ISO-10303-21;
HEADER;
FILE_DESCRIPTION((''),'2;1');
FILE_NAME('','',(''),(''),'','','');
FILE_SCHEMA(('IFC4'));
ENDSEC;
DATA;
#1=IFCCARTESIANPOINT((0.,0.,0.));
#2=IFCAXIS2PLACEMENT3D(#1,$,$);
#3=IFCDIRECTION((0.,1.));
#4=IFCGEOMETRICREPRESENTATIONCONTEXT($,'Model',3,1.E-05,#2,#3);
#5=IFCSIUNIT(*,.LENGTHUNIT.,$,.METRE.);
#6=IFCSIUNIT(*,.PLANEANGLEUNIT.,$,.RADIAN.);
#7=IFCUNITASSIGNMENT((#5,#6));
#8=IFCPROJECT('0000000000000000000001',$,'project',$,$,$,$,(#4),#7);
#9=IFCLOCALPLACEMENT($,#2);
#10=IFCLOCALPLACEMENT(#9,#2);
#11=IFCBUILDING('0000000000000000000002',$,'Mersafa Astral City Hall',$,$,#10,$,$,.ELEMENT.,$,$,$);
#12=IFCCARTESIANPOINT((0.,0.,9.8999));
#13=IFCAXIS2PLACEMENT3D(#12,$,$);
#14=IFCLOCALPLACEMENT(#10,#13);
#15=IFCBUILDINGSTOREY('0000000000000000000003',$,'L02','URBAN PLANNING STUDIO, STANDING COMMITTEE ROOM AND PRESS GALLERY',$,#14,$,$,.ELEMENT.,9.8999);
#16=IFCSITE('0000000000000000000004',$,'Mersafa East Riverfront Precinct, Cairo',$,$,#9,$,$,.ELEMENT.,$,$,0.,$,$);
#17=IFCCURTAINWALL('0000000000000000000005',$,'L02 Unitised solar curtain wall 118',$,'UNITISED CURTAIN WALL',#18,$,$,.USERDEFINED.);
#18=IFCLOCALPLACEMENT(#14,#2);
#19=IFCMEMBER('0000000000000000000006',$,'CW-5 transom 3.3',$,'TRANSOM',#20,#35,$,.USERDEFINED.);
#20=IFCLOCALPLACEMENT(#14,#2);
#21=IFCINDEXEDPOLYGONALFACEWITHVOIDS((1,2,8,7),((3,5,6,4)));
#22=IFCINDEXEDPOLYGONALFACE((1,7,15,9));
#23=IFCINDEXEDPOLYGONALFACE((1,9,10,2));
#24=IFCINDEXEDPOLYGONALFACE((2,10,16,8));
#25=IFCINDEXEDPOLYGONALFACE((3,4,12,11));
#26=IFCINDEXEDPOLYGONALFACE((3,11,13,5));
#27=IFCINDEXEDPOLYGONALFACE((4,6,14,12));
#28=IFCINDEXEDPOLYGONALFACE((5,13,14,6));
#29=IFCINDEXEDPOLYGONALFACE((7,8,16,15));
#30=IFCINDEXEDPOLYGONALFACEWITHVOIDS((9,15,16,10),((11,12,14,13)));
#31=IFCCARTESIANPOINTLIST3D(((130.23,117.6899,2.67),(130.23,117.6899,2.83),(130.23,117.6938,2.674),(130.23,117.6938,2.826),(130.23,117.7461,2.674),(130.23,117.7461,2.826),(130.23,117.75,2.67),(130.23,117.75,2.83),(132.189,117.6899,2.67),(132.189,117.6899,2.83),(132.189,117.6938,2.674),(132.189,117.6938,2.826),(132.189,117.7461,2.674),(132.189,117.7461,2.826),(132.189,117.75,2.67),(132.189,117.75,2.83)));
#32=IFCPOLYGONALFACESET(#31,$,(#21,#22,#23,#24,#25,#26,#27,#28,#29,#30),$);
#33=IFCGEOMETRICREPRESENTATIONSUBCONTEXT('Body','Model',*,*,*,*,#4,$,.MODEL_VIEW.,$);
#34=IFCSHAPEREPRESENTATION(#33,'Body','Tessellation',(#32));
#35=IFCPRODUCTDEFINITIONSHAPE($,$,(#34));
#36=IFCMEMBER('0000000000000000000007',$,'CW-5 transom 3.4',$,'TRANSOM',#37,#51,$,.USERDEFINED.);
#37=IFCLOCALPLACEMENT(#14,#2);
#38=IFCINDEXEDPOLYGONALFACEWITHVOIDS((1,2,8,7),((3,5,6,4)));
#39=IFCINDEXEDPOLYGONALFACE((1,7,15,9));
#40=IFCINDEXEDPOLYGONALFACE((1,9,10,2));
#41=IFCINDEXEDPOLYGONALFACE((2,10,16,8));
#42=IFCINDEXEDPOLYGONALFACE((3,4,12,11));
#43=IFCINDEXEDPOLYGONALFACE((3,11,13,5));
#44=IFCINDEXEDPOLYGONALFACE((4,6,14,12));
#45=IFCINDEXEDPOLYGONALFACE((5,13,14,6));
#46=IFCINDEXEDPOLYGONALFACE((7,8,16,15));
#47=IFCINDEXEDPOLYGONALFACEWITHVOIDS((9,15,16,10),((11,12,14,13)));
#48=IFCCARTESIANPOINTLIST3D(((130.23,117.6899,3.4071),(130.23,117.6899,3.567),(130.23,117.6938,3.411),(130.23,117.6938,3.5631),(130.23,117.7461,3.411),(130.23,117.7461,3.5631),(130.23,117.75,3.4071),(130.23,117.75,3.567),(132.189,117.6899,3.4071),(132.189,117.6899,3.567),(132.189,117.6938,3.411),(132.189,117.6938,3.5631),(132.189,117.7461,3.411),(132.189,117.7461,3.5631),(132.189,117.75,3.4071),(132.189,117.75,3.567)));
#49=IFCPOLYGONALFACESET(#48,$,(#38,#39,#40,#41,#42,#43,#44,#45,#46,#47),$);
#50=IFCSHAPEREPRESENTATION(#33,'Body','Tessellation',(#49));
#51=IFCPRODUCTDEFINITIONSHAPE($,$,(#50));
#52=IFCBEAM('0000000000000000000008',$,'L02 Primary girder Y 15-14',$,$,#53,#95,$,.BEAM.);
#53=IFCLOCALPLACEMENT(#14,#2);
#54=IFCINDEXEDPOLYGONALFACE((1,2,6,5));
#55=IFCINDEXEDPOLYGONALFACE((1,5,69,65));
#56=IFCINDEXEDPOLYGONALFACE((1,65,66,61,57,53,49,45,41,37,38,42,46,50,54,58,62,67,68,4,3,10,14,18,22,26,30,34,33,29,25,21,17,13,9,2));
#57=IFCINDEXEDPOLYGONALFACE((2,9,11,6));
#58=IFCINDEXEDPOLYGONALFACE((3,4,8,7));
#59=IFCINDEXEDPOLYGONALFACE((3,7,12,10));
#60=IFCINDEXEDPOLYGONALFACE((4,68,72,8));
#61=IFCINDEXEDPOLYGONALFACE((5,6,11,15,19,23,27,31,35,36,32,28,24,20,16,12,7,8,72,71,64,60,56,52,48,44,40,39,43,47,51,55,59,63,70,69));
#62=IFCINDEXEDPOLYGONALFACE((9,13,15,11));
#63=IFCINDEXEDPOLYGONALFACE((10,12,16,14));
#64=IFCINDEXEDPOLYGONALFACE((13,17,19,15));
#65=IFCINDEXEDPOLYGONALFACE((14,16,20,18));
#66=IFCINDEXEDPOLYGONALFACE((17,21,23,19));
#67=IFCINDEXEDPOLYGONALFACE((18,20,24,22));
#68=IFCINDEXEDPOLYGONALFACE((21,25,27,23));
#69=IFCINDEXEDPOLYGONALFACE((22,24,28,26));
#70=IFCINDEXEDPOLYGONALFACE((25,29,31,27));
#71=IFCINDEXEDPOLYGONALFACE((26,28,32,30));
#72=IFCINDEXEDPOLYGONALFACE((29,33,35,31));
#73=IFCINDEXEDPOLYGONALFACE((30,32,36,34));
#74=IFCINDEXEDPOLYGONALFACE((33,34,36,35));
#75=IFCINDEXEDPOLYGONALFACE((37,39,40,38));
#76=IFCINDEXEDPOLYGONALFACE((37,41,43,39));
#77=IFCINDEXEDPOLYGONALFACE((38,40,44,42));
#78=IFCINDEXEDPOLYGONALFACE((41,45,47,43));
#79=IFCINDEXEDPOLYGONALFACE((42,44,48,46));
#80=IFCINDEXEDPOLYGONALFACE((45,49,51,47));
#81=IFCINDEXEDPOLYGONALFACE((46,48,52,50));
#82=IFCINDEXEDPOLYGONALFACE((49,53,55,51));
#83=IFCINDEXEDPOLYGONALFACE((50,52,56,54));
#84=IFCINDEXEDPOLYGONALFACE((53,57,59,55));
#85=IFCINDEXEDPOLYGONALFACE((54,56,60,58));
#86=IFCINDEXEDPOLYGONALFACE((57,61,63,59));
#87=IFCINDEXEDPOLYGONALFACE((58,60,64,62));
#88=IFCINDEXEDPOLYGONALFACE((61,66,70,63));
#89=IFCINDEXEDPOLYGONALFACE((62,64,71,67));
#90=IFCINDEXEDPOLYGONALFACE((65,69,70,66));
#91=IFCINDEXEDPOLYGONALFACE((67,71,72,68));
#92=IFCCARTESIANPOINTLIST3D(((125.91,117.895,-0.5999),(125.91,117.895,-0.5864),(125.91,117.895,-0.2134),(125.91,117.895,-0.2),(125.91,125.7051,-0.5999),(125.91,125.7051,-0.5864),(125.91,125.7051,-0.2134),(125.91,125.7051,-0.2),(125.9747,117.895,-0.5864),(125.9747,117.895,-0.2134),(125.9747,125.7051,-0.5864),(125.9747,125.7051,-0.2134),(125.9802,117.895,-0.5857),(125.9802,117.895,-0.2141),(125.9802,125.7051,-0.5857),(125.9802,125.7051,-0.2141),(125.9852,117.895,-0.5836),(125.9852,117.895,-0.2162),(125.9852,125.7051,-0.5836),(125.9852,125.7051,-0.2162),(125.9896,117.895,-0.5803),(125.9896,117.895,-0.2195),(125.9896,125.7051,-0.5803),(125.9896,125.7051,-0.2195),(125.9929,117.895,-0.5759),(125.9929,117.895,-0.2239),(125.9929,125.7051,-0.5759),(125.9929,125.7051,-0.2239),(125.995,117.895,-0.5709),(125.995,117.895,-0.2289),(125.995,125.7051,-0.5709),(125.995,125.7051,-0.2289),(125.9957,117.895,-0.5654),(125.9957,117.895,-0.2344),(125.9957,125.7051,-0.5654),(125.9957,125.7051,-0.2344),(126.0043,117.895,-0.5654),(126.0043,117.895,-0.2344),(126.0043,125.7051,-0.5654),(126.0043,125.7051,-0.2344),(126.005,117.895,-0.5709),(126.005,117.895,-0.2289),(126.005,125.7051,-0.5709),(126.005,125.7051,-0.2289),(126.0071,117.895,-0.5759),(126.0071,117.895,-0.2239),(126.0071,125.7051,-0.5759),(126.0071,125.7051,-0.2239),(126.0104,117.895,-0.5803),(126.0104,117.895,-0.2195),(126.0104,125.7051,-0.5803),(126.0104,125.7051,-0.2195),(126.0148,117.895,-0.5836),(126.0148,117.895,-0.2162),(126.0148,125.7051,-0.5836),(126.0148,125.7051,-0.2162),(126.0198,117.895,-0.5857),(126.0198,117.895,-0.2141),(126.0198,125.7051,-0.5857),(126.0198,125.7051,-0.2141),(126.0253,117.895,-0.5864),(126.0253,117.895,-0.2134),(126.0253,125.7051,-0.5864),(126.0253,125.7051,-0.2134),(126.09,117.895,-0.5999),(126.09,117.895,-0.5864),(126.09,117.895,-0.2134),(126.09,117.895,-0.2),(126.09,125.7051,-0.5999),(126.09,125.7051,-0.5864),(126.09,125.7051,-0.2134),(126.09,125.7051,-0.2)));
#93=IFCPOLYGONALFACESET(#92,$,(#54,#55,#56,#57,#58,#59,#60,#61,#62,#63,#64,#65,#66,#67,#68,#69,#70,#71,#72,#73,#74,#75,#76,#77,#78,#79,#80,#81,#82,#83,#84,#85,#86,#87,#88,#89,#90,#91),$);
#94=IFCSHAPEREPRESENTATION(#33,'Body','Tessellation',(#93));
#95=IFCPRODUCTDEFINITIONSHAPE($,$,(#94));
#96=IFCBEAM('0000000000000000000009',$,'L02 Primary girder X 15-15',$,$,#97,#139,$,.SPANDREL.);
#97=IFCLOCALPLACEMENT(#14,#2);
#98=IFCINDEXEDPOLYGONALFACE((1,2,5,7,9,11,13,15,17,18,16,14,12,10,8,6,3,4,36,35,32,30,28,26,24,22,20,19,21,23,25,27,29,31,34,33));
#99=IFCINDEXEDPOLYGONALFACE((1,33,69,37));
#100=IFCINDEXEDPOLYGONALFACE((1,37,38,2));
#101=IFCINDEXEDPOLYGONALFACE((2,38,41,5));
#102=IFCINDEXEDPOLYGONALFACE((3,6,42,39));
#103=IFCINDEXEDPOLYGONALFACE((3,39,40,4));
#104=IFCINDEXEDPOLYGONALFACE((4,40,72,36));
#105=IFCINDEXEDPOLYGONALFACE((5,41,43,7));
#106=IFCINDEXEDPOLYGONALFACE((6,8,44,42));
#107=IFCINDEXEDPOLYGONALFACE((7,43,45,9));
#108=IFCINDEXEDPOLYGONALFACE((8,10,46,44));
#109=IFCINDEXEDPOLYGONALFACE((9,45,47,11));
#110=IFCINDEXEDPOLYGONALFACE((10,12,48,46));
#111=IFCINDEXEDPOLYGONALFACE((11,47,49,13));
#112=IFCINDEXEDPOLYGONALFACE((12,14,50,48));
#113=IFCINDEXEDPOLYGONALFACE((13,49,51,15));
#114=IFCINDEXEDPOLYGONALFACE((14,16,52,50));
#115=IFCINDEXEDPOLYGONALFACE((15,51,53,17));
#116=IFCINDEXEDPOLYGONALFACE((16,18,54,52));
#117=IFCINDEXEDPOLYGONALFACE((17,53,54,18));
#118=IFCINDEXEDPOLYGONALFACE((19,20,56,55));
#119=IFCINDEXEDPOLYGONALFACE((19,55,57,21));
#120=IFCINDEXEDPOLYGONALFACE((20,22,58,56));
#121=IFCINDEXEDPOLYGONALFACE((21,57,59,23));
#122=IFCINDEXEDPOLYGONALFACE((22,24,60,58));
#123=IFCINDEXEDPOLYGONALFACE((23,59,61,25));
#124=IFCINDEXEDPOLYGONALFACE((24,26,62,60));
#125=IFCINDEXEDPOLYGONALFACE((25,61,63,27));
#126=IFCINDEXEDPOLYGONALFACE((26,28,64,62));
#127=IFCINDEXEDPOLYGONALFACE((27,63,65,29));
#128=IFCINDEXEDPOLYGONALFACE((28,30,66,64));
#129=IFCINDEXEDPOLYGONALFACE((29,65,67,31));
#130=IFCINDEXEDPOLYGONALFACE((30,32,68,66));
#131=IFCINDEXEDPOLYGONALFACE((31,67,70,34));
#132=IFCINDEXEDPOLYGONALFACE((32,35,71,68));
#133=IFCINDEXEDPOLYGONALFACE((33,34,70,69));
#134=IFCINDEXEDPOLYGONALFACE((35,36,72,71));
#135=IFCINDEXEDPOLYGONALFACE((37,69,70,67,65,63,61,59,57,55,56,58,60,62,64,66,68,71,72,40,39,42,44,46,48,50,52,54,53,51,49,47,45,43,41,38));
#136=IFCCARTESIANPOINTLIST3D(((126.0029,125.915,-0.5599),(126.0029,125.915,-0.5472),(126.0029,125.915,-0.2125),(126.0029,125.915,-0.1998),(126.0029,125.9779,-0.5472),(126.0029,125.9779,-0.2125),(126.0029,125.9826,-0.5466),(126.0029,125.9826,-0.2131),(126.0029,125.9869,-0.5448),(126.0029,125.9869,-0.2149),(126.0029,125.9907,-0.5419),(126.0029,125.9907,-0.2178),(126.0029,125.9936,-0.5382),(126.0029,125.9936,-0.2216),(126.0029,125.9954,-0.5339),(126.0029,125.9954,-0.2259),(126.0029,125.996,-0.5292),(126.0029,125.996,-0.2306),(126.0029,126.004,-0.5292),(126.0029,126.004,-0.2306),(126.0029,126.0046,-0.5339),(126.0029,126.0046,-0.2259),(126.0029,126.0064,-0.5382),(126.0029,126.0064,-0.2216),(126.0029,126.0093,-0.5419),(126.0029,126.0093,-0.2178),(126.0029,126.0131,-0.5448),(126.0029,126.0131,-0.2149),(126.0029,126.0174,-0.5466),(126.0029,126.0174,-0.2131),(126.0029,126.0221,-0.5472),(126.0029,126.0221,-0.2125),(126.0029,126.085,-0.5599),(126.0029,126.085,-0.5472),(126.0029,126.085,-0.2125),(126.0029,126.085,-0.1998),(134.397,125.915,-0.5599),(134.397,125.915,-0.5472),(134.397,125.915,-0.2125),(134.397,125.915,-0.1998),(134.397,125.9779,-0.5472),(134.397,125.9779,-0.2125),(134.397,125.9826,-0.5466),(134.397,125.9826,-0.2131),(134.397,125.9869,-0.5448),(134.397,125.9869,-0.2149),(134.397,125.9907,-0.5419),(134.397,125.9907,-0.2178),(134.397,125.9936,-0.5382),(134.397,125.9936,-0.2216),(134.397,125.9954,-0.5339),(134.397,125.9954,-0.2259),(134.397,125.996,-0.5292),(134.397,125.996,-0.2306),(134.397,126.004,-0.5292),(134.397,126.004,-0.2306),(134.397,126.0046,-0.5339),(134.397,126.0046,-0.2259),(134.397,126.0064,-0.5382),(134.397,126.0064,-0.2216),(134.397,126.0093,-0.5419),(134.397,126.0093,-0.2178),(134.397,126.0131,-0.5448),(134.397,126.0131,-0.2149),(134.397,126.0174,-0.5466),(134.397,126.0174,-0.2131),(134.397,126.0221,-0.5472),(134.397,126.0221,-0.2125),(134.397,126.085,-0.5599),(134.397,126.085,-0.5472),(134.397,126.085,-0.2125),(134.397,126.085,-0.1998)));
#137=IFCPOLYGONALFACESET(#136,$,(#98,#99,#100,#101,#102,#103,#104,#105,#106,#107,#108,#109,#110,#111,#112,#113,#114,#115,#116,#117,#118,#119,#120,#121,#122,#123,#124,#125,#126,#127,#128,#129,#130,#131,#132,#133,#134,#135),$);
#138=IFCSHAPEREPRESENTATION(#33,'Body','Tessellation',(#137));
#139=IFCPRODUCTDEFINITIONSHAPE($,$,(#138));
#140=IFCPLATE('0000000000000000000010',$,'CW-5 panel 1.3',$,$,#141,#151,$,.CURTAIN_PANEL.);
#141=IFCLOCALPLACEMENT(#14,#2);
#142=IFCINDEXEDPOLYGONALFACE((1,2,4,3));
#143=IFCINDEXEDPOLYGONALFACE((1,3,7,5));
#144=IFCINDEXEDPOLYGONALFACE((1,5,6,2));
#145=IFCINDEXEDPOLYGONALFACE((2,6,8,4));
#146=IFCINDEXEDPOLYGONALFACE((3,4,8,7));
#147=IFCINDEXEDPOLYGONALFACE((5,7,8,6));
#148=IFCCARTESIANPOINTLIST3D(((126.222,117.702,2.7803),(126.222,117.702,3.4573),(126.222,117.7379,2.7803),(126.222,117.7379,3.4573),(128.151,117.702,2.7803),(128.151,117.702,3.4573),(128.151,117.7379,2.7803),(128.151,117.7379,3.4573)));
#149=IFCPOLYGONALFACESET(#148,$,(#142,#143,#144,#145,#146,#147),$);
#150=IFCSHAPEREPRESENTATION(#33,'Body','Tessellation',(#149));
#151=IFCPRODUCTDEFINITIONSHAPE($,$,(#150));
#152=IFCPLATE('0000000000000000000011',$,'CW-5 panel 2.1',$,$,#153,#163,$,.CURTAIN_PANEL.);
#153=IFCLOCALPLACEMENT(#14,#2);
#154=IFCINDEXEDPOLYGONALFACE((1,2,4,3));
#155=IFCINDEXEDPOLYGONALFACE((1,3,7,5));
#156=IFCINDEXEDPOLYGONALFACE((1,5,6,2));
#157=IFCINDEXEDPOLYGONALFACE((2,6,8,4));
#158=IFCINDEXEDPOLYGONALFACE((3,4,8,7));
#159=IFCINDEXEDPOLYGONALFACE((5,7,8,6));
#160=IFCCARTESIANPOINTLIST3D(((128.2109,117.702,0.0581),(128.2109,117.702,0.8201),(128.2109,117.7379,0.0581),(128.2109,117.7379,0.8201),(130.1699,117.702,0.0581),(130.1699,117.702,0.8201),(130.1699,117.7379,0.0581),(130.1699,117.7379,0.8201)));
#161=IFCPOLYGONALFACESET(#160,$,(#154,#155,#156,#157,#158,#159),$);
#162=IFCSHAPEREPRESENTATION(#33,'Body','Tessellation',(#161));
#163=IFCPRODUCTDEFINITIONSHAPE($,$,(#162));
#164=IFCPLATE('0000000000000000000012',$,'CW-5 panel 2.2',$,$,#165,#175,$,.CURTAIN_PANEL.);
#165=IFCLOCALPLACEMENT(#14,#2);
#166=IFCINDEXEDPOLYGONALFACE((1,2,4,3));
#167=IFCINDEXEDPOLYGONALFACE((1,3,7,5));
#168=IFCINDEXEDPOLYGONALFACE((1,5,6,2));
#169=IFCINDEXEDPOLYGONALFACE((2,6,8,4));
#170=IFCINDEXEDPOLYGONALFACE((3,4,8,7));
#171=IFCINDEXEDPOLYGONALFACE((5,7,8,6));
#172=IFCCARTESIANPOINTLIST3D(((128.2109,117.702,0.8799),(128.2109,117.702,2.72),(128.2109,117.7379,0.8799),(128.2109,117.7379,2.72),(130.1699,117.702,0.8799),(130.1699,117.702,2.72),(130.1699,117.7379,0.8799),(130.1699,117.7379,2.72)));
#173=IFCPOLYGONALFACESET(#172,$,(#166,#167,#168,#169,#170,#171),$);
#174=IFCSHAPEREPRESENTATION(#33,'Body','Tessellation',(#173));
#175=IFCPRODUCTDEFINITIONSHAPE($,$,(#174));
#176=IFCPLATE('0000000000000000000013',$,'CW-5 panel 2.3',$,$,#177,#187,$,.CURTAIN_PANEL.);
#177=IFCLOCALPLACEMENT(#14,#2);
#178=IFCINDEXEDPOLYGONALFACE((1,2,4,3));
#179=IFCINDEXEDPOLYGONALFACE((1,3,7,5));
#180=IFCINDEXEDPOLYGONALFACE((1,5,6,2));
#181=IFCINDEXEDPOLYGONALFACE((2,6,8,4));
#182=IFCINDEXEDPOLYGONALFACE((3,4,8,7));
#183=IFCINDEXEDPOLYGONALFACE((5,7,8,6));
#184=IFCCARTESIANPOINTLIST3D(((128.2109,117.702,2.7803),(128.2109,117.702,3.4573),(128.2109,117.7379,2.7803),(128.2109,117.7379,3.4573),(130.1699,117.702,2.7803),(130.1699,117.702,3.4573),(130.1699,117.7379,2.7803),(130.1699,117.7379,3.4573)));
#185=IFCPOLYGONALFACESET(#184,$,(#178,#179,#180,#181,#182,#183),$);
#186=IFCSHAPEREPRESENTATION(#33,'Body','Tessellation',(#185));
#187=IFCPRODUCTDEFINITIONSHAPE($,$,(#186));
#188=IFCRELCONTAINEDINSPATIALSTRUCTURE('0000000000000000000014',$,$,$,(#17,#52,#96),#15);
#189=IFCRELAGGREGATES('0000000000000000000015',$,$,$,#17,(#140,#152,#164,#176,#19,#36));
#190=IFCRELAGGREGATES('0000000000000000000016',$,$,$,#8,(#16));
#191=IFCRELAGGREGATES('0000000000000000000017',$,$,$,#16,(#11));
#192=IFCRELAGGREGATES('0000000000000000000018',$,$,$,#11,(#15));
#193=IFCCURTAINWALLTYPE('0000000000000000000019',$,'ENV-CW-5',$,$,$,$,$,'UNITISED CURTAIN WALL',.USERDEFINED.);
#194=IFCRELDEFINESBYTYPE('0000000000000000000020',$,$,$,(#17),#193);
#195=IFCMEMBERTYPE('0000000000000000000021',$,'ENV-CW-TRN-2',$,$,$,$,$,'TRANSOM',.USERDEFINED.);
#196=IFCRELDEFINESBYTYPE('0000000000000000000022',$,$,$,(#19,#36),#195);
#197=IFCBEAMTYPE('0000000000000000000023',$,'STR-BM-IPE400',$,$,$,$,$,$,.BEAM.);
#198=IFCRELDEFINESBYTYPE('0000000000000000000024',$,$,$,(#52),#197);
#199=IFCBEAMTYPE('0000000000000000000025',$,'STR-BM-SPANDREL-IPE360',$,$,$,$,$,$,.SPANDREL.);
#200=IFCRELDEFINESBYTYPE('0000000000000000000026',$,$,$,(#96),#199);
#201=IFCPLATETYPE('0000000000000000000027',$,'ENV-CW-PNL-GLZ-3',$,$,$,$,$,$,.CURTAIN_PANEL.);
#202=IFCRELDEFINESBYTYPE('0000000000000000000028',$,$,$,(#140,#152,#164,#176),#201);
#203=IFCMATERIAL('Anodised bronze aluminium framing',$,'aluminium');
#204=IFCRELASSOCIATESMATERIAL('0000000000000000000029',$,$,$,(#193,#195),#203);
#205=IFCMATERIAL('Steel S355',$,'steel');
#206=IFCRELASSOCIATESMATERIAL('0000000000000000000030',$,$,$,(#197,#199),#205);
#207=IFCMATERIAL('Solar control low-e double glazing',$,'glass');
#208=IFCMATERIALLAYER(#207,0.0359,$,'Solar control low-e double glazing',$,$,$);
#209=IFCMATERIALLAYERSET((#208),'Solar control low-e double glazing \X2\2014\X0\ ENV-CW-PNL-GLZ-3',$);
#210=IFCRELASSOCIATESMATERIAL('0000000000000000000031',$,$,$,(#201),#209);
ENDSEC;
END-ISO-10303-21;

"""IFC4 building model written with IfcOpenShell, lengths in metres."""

from ifc_helpers import new_model, si_unit, direction, frame, origin, origin_2d, place, context, subcontext, project, spatial, rectangle, hollow_rectangle, i_section, extrude, material, layer, layer_set, material_profile, profile_set, type_object, element, aggregate, save


model = new_model("IFC4")

# Units and contexts
model_context = context("Model", 3, precision=1e-05, world=origin(), true_north=direction((0.0, 1.0)))
body_context = subcontext(model_context, "Body", "Model", "MODEL_VIEW")
ifc_project = project(units=[si_unit("LENGTHUNIT", "METRE"), si_unit("PLANEANGLEUNIT", "RADIAN")], contexts=[model_context])

# Site, building, storey
site_placement = place(None, origin())
site = spatial("IfcSite", under=ifc_project, at=site_placement, Name="Mersafa East Riverfront Precinct, Cairo", CompositionType="ELEMENT", RefElevation=0.0)
building_placement = place(site_placement, origin())
building = spatial("IfcBuilding", under=site, at=building_placement, Name="Mersafa Astral City Hall", CompositionType="ELEMENT")
storey_placement = place(building_placement, frame((0.0, 0.0, 9.8999)))
storey = spatial("IfcBuildingStorey", under=building, at=storey_placement, Name="L02", Description="URBAN PLANNING STUDIO, STANDING COMMITTEE ROOM AND PRESS GALLERY", CompositionType="ELEMENT", Elevation=9.8999)

# Shared definitions
ifc_material_1 = material(Name="Steel S355", Category="steel")

# Curtain wall, members
ifc_material_2 = material(Name="Anodised bronze aluminium framing", Category="aluminium")
curtain_wall_type = type_object("IfcCurtainWallType", Name="ENV-CW-5", ElementType="UNITISED CURTAIN WALL", PredefinedType="USERDEFINED", material=ifc_material_2)
curtain_wall_placement = place(storey_placement, origin())
curtain_wall = element("IfcCurtainWall", 1, at=curtain_wall_placement, inside=storey, type_object=curtain_wall_type, Name="L02 Unitised solar curtain wall 118", ObjectType="UNITISED CURTAIN WALL", PredefinedType="USERDEFINED")
ifc_material_profile_1 = material_profile(ifc_material_2, hollow_rectangle(XDim=0.0601, YDim=0.1599, WallThickness=0.0039, at=origin_2d()), Name="RHS 60x160x4")
ifc_profile_set_1 = profile_set([ifc_material_profile_1], Name="Anodised bronze aluminium framing")
member_type_1 = type_object("IfcMemberType", Name="ENV-CW-TRN-2", ElementType="TRANSOM", PredefinedType="USERDEFINED", material=ifc_profile_set_1)
member_1_placement = place(storey_placement, frame((130.23, 117.72, 2.75), z_axis=(1.0, 0.0, 0.0), x_axis=(0.0, 1.0, 0.0)))
member_1 = element("IfcMember", 2, at=member_1_placement, type_object=member_type_1, Name="CW-5 transom 3.3", ObjectType="TRANSOM", PredefinedType="USERDEFINED", context=body_context, shape_type="SweptSolid", body=[
    extrude(hollow_rectangle(XDim=0.0601, YDim=0.1599, WallThickness=0.0039, at=origin_2d()), origin(), (0.0, 0.0, 1.0), 1.959),
])
member_2_placement = place(storey_placement, frame((130.23, 117.72, 3.4871), z_axis=(1.0, 0.0, 0.0), x_axis=(0.0, 1.0, 0.0)))
member_2 = element("IfcMember", 3, at=member_2_placement, type_object=member_type_1, Name="CW-5 transom 3.4", ObjectType="TRANSOM", PredefinedType="USERDEFINED", context=body_context, shape_type="SweptSolid", body=[
    extrude(hollow_rectangle(XDim=0.0601, YDim=0.1599, WallThickness=0.0039, at=origin_2d()), origin(), (0.0, 0.0, 1.0), 1.959),
])

# Beams
ifc_material_profile_2 = material_profile(ifc_material_1, i_section(OverallWidth=0.1799, OverallDepth=0.3999, WebThickness=0.0085, FlangeThickness=0.0134, FilletRadius=0.021, at=origin_2d()), Name="IPE 400")
ifc_profile_set_2 = profile_set([ifc_material_profile_2], Name="Steel S355")
beam_type_1 = type_object("IfcBeamType", Name="STR-BM-IPE400", PredefinedType="BEAM", material=ifc_profile_set_2)
beam_1_placement = place(storey_placement, frame((126.0, 117.895, -0.3999), z_axis=(0.0, 1.0, 0.0), x_axis=(-1.0, 0.0, 0.0)))
element("IfcBeam", 4, at=beam_1_placement, inside=storey, type_object=beam_type_1, Name="L02 Primary girder Y 15-14", PredefinedType="BEAM", context=body_context, shape_type="SweptSolid", body=[
    extrude(i_section(OverallWidth=0.1799, OverallDepth=0.3999, WebThickness=0.0085, FlangeThickness=0.0134, FilletRadius=0.021, at=origin_2d()), origin(), (0.0, 0.0, 1.0), 7.8101),
])
ifc_material_profile_3 = material_profile(ifc_material_1, i_section(OverallWidth=0.1699, OverallDepth=0.3601, WebThickness=0.0081, FlangeThickness=0.0127, FilletRadius=0.0181, at=origin_2d()), Name="IPE 360")
ifc_profile_set_3 = profile_set([ifc_material_profile_3], Name="Steel S355")
beam_type_2 = type_object("IfcBeamType", Name="STR-BM-SPANDREL-IPE360", PredefinedType="SPANDREL", material=ifc_profile_set_3)
beam_2_placement = place(storey_placement, frame((126.0029, 126.0, -0.3799), z_axis=(1.0, 0.0, 0.0), x_axis=(0.0, 1.0, 0.0)))
element("IfcBeam", 5, at=beam_2_placement, inside=storey, type_object=beam_type_2, Name="L02 Primary girder X 15-15", PredefinedType="SPANDREL", context=body_context, shape_type="SweptSolid", body=[
    extrude(i_section(OverallWidth=0.1699, OverallDepth=0.3601, WebThickness=0.0081, FlangeThickness=0.0127, FilletRadius=0.0181, at=origin_2d()), origin(), (0.0, 0.0, 1.0), 8.394),
])

# Plates
ifc_material_3 = material(Name="Solar control low-e double glazing", Category="glass")
ifc_layer_1 = layer(ifc_material_3, 0.0359, Name="Solar control low-e double glazing")
ifc_layer_set_1 = layer_set([ifc_layer_1], Name="Solar control low-e double glazing — ENV-CW-PNL-GLZ-3")
plate_type = type_object("IfcPlateType", Name="ENV-CW-PNL-GLZ-3", PredefinedType="CURTAIN_PANEL", material=ifc_layer_set_1)
plate_1_placement = place(storey_placement, frame((127.1865, 117.72, 2.7803), z_axis=(0.0, 0.0, 1.0), x_axis=(1.0, 0.0, 0.0)))
plate_1 = element("IfcPlate", 6, at=plate_1_placement, type_object=plate_type, Name="CW-5 panel 1.3", PredefinedType="CURTAIN_PANEL", context=body_context, shape_type="SweptSolid", body=[
    extrude(rectangle(XDim=1.929, YDim=0.0359, at=origin_2d()), origin(), (0.0, 0.0, 1.0), 0.677),
])
plate_2_placement = place(storey_placement, frame((129.1904, 117.72, 0.0581), z_axis=(0.0, 0.0, 1.0), x_axis=(1.0, 0.0, 0.0)))
plate_2 = element("IfcPlate", 7, at=plate_2_placement, type_object=plate_type, Name="CW-5 panel 2.1", PredefinedType="CURTAIN_PANEL", context=body_context, shape_type="SweptSolid", body=[
    extrude(rectangle(XDim=1.959, YDim=0.0359, at=origin_2d()), origin(), (0.0, 0.0, 1.0), 0.762),
])
plate_3_placement = place(storey_placement, frame((129.1904, 117.72, 0.8799), z_axis=(0.0, 0.0, 1.0), x_axis=(1.0, 0.0, 0.0)))
plate_3 = element("IfcPlate", 8, at=plate_3_placement, type_object=plate_type, Name="CW-5 panel 2.2", PredefinedType="CURTAIN_PANEL", context=body_context, shape_type="SweptSolid", body=[
    extrude(rectangle(XDim=1.959, YDim=0.0359, at=origin_2d()), origin(), (0.0, 0.0, 1.0), 1.8401),
])
plate_4_placement = place(storey_placement, frame((129.1904, 117.72, 2.7803), z_axis=(0.0, 0.0, 1.0), x_axis=(1.0, 0.0, 0.0)))
plate_4 = element("IfcPlate", 9, at=plate_4_placement, type_object=plate_type, Name="CW-5 panel 2.3", PredefinedType="CURTAIN_PANEL", context=body_context, shape_type="SweptSolid", body=[
    extrude(rectangle(XDim=1.959, YDim=0.0359, at=origin_2d()), origin(), (0.0, 0.0, 1.0), 0.677),
])
aggregate(curtain_wall, [plate_1, plate_2, plate_3, plate_4, member_1, member_2])

save(model, "model.ifc")
